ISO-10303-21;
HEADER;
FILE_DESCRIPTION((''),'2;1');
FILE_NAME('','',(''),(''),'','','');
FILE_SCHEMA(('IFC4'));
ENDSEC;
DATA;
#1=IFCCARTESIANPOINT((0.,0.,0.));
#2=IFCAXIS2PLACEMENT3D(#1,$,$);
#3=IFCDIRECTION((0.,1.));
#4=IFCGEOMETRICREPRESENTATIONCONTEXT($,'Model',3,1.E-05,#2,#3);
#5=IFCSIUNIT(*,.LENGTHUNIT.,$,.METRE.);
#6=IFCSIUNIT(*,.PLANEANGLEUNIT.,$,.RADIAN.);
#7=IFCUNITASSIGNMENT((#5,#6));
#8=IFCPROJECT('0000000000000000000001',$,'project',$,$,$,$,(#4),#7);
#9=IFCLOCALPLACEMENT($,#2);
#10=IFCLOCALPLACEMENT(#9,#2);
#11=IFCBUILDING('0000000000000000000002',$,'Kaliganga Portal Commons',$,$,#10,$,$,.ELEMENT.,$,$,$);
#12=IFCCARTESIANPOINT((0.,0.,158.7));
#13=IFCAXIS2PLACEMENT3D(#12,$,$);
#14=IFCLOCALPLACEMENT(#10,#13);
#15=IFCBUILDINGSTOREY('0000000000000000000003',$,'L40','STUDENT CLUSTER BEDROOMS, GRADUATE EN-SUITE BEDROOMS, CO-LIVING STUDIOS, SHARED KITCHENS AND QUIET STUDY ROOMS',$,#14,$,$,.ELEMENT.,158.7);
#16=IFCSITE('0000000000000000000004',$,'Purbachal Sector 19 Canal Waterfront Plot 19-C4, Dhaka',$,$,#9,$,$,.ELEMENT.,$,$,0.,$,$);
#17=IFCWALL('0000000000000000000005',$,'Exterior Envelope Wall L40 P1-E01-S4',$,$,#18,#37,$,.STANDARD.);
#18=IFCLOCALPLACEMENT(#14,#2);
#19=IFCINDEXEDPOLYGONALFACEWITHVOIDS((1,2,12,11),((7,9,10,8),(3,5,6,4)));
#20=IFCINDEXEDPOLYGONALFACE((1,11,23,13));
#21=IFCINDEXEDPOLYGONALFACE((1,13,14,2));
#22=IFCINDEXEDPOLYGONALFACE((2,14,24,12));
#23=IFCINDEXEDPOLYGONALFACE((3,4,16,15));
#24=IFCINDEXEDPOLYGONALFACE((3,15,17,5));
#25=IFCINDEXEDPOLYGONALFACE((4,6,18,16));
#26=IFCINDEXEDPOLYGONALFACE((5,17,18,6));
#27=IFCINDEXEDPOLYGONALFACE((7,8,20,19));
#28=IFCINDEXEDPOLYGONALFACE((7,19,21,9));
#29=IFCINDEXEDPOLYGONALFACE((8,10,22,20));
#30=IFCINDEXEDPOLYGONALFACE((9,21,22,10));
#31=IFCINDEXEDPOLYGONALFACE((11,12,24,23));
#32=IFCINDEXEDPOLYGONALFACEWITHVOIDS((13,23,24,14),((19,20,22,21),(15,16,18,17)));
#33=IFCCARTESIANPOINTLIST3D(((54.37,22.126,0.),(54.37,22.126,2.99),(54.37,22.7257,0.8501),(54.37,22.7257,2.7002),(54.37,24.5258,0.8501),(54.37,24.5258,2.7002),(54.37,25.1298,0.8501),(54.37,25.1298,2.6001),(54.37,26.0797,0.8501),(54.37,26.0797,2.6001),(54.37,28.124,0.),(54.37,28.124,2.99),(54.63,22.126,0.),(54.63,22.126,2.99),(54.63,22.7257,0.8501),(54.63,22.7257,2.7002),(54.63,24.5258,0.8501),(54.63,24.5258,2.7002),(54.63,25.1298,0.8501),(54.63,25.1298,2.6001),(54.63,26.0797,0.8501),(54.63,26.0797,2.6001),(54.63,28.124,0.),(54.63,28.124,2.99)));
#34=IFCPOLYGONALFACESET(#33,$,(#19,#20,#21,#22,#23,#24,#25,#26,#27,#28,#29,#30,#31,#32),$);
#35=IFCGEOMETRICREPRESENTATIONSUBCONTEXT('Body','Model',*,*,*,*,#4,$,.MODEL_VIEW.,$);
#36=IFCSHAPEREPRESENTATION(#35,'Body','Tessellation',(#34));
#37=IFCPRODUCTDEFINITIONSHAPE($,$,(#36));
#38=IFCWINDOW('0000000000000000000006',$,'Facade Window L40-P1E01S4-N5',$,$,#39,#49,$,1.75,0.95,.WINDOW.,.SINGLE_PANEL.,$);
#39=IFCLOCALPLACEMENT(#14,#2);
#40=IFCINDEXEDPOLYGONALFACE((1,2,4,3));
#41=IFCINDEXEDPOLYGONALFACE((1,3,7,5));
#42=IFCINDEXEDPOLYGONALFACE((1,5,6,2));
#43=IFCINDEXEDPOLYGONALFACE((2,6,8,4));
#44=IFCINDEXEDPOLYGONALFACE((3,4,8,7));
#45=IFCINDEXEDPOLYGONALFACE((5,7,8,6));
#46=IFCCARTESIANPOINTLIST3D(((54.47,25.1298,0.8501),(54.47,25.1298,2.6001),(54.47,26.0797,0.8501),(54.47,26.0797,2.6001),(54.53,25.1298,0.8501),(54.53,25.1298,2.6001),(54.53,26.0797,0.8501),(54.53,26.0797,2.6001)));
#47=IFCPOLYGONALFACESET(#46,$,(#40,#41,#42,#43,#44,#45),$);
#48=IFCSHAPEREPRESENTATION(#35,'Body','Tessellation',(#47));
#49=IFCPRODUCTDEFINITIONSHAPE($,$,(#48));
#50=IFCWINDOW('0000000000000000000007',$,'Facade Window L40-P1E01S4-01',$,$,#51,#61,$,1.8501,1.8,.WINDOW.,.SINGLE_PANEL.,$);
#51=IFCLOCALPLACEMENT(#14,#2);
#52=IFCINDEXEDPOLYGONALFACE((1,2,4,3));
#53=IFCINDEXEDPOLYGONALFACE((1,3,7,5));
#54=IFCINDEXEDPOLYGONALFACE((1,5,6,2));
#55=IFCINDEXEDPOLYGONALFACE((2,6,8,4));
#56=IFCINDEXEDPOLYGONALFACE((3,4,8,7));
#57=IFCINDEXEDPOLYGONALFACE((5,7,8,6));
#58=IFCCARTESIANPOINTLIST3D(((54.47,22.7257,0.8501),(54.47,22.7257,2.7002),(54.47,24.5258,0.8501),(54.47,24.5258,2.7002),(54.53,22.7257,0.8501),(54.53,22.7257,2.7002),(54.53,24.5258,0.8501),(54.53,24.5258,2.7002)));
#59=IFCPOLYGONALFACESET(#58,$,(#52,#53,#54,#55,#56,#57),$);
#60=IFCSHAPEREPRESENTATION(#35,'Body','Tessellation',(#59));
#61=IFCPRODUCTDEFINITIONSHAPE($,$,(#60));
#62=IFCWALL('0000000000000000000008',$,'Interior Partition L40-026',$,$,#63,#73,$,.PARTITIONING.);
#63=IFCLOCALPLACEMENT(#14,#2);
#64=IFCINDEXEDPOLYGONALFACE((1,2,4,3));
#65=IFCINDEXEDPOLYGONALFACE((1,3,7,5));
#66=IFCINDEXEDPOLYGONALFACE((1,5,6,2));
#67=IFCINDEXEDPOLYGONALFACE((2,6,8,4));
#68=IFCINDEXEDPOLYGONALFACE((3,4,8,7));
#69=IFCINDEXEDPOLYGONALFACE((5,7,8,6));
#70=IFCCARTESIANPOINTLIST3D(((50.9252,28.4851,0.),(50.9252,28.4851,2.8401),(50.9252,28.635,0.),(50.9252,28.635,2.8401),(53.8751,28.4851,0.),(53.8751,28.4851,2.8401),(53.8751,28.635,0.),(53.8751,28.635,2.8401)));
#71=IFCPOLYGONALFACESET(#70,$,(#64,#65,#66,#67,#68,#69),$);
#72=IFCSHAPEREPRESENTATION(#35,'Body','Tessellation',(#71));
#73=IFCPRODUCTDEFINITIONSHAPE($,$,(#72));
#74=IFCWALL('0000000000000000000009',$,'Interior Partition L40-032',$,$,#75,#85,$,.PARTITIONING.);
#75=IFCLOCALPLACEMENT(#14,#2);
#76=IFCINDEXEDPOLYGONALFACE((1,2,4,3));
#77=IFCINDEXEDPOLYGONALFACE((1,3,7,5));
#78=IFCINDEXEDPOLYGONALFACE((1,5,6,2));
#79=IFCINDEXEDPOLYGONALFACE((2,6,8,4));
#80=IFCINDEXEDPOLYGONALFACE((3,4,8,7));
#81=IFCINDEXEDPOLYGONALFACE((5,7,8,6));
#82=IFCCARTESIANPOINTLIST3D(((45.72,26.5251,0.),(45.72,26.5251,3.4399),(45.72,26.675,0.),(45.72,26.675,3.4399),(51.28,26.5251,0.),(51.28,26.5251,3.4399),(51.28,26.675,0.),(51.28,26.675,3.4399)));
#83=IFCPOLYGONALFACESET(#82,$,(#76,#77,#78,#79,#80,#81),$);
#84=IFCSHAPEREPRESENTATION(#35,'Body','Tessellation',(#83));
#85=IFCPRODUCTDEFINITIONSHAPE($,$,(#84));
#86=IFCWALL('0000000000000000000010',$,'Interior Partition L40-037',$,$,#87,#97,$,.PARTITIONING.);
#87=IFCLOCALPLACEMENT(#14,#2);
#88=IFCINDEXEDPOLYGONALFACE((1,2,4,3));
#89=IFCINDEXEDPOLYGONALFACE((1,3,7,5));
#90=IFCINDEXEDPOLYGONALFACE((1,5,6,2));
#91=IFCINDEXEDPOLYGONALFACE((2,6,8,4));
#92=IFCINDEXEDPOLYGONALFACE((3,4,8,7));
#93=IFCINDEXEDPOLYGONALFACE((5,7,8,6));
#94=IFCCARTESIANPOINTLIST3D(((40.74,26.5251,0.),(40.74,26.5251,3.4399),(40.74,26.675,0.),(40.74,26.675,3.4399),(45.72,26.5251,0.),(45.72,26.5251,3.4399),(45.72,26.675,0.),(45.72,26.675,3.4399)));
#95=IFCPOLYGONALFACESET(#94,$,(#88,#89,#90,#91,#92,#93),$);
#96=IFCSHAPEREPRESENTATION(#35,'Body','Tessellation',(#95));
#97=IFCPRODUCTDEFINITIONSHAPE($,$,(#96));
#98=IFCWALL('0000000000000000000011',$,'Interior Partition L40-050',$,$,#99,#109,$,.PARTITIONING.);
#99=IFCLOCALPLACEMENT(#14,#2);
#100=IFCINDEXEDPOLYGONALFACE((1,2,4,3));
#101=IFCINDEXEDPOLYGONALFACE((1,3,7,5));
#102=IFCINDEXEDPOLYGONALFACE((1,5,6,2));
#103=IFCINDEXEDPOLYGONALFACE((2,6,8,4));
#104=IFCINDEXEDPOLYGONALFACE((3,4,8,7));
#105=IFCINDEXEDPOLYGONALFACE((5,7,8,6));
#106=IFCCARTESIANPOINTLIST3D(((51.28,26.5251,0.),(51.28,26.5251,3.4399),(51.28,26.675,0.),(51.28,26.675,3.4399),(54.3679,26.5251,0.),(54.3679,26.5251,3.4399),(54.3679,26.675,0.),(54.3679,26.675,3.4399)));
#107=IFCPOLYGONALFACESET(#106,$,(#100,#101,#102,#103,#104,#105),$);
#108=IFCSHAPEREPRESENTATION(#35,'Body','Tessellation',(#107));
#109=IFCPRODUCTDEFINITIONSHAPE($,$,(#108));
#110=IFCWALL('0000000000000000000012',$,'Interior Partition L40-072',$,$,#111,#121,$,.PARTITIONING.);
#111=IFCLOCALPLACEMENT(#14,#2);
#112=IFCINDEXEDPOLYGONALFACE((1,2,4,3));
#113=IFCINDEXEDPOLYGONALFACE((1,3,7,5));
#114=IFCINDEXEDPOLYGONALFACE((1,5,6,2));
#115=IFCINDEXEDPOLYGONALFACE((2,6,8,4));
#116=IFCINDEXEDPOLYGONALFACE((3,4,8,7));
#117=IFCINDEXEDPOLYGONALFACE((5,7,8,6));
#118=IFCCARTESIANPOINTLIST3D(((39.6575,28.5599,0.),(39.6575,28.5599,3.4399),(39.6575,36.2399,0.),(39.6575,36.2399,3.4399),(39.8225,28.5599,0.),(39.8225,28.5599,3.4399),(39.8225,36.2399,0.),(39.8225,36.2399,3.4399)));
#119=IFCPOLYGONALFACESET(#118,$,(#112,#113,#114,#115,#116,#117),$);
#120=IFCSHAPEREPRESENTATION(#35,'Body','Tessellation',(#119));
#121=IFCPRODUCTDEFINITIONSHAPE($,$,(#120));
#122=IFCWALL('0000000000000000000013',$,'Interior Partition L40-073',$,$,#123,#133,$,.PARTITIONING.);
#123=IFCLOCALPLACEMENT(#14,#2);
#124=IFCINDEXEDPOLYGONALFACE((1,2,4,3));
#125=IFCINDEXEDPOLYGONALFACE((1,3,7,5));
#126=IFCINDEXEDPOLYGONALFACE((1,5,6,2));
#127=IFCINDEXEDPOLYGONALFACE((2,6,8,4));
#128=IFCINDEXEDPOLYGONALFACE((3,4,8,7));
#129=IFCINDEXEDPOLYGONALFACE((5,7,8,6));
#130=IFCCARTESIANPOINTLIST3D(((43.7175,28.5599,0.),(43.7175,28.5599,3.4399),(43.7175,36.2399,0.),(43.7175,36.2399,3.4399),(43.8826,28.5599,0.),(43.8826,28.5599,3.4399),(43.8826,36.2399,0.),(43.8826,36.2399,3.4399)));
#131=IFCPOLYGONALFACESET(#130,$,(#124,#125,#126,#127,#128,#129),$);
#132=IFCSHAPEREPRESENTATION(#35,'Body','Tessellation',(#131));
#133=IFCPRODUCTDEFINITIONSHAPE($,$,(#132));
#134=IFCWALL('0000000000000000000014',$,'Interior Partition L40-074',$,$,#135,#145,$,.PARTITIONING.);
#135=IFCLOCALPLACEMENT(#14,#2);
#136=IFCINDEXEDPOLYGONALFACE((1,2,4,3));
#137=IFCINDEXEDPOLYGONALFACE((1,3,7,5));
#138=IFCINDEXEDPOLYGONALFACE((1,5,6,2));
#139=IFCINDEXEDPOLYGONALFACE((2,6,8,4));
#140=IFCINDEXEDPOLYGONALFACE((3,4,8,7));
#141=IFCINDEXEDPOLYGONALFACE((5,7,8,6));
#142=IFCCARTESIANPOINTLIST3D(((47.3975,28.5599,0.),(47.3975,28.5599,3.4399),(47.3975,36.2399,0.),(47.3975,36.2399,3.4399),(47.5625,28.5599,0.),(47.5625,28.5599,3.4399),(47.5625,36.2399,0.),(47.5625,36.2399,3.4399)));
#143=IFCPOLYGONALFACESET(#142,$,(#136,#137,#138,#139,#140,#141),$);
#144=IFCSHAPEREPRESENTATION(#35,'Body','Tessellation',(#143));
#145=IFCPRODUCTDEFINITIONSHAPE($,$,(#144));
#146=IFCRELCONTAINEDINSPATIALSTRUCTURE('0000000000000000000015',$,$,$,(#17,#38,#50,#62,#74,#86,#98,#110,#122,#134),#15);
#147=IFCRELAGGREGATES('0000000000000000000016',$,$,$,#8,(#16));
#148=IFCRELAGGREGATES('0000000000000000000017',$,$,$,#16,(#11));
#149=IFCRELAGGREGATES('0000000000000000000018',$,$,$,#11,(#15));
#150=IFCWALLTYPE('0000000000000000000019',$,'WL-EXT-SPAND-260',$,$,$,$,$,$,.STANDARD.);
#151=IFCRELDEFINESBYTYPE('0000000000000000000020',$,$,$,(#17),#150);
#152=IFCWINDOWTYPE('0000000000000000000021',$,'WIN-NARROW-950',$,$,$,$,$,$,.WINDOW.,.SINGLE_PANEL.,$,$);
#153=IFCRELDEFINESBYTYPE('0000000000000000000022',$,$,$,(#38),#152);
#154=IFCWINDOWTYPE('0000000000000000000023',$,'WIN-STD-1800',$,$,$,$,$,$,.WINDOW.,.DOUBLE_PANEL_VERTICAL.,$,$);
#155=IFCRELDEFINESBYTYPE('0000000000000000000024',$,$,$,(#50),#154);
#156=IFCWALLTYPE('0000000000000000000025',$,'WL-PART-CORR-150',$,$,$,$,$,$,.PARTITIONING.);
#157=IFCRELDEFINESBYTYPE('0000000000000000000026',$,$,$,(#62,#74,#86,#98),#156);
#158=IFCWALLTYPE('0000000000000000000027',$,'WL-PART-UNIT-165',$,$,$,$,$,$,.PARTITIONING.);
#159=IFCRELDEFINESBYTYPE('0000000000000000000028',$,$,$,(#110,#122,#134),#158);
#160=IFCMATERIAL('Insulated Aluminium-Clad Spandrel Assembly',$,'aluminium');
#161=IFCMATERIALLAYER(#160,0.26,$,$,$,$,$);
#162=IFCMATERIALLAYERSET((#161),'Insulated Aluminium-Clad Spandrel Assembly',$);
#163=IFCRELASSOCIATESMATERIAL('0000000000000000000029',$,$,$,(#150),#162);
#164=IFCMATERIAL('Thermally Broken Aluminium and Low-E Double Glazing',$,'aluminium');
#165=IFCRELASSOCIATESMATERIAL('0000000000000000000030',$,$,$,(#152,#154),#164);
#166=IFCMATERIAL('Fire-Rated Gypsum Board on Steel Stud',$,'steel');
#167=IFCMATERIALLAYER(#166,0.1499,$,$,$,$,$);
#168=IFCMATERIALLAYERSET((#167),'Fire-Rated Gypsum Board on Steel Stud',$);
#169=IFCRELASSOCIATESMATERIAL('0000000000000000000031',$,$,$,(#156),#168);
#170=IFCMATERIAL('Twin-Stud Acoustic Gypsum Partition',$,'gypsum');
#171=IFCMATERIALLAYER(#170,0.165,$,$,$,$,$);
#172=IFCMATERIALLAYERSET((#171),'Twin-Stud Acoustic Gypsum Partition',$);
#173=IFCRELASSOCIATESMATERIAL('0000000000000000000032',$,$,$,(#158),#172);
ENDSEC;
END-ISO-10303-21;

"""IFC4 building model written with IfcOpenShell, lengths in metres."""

from ifc_helpers import new_model, si_unit, direction, frame, frame_2d, origin, place, context, subcontext, project, spatial, rectangle, extrude, material, layer, layer_set, type_object, element, fill, save


model = new_model("IFC4")

# Units and contexts
model_context = context("Model", 3, precision=1e-05, world=origin(), true_north=direction((0.0, 1.0)))
body_context = subcontext(model_context, "Body", "Model", "MODEL_VIEW")
ifc_project = project(units=[si_unit("LENGTHUNIT", "METRE"), si_unit("PLANEANGLEUNIT", "RADIAN")], contexts=[model_context])

# Site, building, storey
site_placement = place(None, origin())
site = spatial("IfcSite", under=ifc_project, at=site_placement, Name="Purbachal Sector 19 Canal Waterfront Plot 19-C4, Dhaka", CompositionType="ELEMENT", RefElevation=0.0)
building_placement = place(site_placement, origin())
building = spatial("IfcBuilding", under=site, at=building_placement, Name="Kaliganga Portal Commons", CompositionType="ELEMENT")
storey_placement = place(building_placement, frame((0.0, 0.0, 158.7)))
storey = spatial("IfcBuildingStorey", under=building, at=storey_placement, Name="L40", Description="STUDENT CLUSTER BEDROOMS, GRADUATE EN-SUITE BEDROOMS, CO-LIVING STUDIOS, SHARED KITCHENS AND QUIET STUDY ROOMS", CompositionType="ELEMENT", Elevation=158.7)

# Wall, openings, windows
ifc_material_1 = material(Name="Insulated Aluminium-Clad Spandrel Assembly", Category="aluminium")
ifc_layer_1 = layer(ifc_material_1, 0.26)
ifc_layer_set_1 = layer_set([ifc_layer_1], Name="Insulated Aluminium-Clad Spandrel Assembly")
wall_type_1 = type_object("IfcWallType", Name="WL-EXT-SPAND-260", PredefinedType="STANDARD", material=ifc_layer_set_1)
wall_1_placement = place(storey_placement, frame((54.5, 28.124, 0.0), z_axis=(0.0, 0.0, 1.0), x_axis=(0.0, -1.0, 0.0)))
wall_1 = element("IfcWall", 1, at=wall_1_placement, inside=storey, type_object=wall_type_1, Name="Exterior Envelope Wall L40 P1-E01-S4", PredefinedType="STANDARD", context=body_context, shape_type="SweptSolid", body=[
    extrude(rectangle(XDim=5.998, YDim=0.26, at=frame_2d((2.999, 0.0))), origin(), (0.0, 0.0, 1.0), 2.99),
])
opening_1_placement = place(wall_1_placement, frame((3.5984, 0.0, 0.8501)))
opening_1 = element("IfcOpeningElement", 2, at=opening_1_placement, cuts=wall_1, PredefinedType="OPENING", context=body_context, shape_type="SweptSolid", body=[
    extrude(rectangle(XDim=1.8, YDim=1.8501, at=frame_2d((0.8999, 0.925))), frame((0.0, 0.1401, 0.0), z_axis=(0.0, -1.0, 0.0), x_axis=(1.0, 0.0, 0.0)), (0.0, 0.0, 1.0), 0.28),
])
opening_2_placement = place(wall_1_placement, frame((2.0442, 0.0, 0.8501)))
opening_2 = element("IfcOpeningElement", 3, at=opening_2_placement, cuts=wall_1, PredefinedType="OPENING", context=body_context, shape_type="SweptSolid", body=[
    extrude(rectangle(XDim=0.95, YDim=1.75, at=frame_2d((0.4751, 0.875))), frame((0.0, 0.1401, 0.0), z_axis=(0.0, -1.0, 0.0), x_axis=(1.0, 0.0, 0.0)), (0.0, 0.0, 1.0), 0.28),
])
ifc_material_2 = material(Name="Thermally Broken Aluminium and Low-E Double Glazing", Category="aluminium")
window_type_1 = type_object("IfcWindowType", Name="WIN-NARROW-950", PartitioningType="SINGLE_PANEL", PredefinedType="WINDOW", material=ifc_material_2)
window_1_placement = place(opening_2_placement, origin())
window_1 = element("IfcWindow", 4, at=window_1_placement, inside=storey, type_object=window_type_1, Name="Facade Window L40-P1E01S4-N5", OverallHeight=1.75, OverallWidth=0.95, PartitioningType="SINGLE_PANEL", PredefinedType="WINDOW", context=body_context, shape_type="SweptSolid", body=[
    extrude(rectangle(XDim=0.95, YDim=1.75, at=frame_2d((0.4751, 0.875))), frame((0.0, 0.03, 0.0), z_axis=(0.0, -1.0, 0.0), x_axis=(1.0, 0.0, 0.0)), (0.0, 0.0, 1.0), 0.0601),
])
fill(opening_2, window_1)
window_type_2 = type_object("IfcWindowType", Name="WIN-STD-1800", PartitioningType="DOUBLE_PANEL_VERTICAL", PredefinedType="WINDOW", material=ifc_material_2)
window_2_placement = place(opening_1_placement, origin())
window_2 = element("IfcWindow", 5, at=window_2_placement, inside=storey, type_object=window_type_2, Name="Facade Window L40-P1E01S4-01", OverallHeight=1.8501, OverallWidth=1.8, PartitioningType="SINGLE_PANEL", PredefinedType="WINDOW", context=body_context, shape_type="SweptSolid", body=[
    extrude(rectangle(XDim=1.8, YDim=1.8501, at=frame_2d((0.8999, 0.925))), frame((0.0, 0.03, 0.0), z_axis=(0.0, -1.0, 0.0), x_axis=(1.0, 0.0, 0.0)), (0.0, 0.0, 1.0), 0.0601),
])
fill(opening_1, window_2)

# Shared definitions
ifc_material_3 = material(Name="Fire-Rated Gypsum Board on Steel Stud", Category="steel")
ifc_layer_2 = layer(ifc_material_3, 0.1499)
ifc_layer_set_2 = layer_set([ifc_layer_2], Name="Fire-Rated Gypsum Board on Steel Stud")
wall_type_2 = type_object("IfcWallType", Name="WL-PART-CORR-150", PredefinedType="PARTITIONING", material=ifc_layer_set_2)

# Walls
wall_2_placement = place(storey_placement, frame((50.925, 28.5601, 0.0), z_axis=(0.0, 0.0, 1.0), x_axis=(1.0, 0.0, 0.0)))
element("IfcWall", 6, at=wall_2_placement, inside=storey, type_object=wall_type_2, Name="Interior Partition L40-026", PredefinedType="PARTITIONING", context=body_context, shape_type="SweptSolid", body=[
    extrude(rectangle(XDim=2.95, YDim=0.1499, at=frame_2d((1.4751, 0.0))), origin(), (0.0, 0.0, 1.0), 2.8401),
])
wall_3_placement = place(storey_placement, frame((45.72, 26.6001, 0.0), z_axis=(0.0, 0.0, 1.0), x_axis=(1.0, 0.0, 0.0)))
element("IfcWall", 7, at=wall_3_placement, inside=storey, type_object=wall_type_2, Name="Interior Partition L40-032", PredefinedType="PARTITIONING", context=body_context, shape_type="SweptSolid", body=[
    extrude(rectangle(XDim=5.5601, YDim=0.1499, at=frame_2d((2.78, 0.0))), origin(), (0.0, 0.0, 1.0), 3.4399),
])
wall_4_placement = place(storey_placement, frame((40.74, 26.6001, 0.0), z_axis=(0.0, 0.0, 1.0), x_axis=(1.0, 0.0, 0.0)))
element("IfcWall", 8, at=wall_4_placement, inside=storey, type_object=wall_type_2, Name="Interior Partition L40-037", PredefinedType="PARTITIONING", context=body_context, shape_type="SweptSolid", body=[
    extrude(rectangle(XDim=4.98, YDim=0.1499, at=frame_2d((2.49, 0.0))), origin(), (0.0, 0.0, 1.0), 3.4399),
])

# Walls
wall_5_placement = place(storey_placement, frame((51.28, 26.6001, 0.0), z_axis=(0.0, 0.0, 1.0), x_axis=(1.0, 0.0, 0.0)))
element("IfcWall", 9, at=wall_5_placement, inside=storey, type_object=wall_type_2, Name="Interior Partition L40-050", PredefinedType="PARTITIONING", context=body_context, shape_type="SweptSolid", body=[
    extrude(rectangle(XDim=3.0879, YDim=0.1499, at=frame_2d((1.5439, 0.0))), origin(), (0.0, 0.0, 1.0), 3.4399),
])
ifc_material_4 = material(Name="Twin-Stud Acoustic Gypsum Partition", Category="gypsum")
ifc_layer_3 = layer(ifc_material_4, 0.165)
ifc_layer_set_3 = layer_set([ifc_layer_3], Name="Twin-Stud Acoustic Gypsum Partition")
wall_type_3 = type_object("IfcWallType", Name="WL-PART-UNIT-165", PredefinedType="PARTITIONING", material=ifc_layer_set_3)
for number, where, z_axis, x_axis, name in (
    (10, (39.74, 28.5601, 0.0), (0.0, 0.0, 1.0), (0.0, 1.0, 0.0), "Interior Partition L40-072"),
    (11, (43.8, 28.5601, 0.0), (0.0, 0.0, 1.0), (0.0, 1.0, 0.0), "Interior Partition L40-073"),
    (12, (47.48, 28.5601, 0.0), (0.0, 0.0, 1.0), (0.0, 1.0, 0.0), "Interior Partition L40-074"),
):
    element("IfcWall", number, at=place(storey_placement, frame(where, z_axis=z_axis, x_axis=x_axis)), inside=storey, type_object=wall_type_3, Name=name, PredefinedType="PARTITIONING", context=body_context, shape_type="SweptSolid", body=[
        extrude(rectangle(XDim=7.6799, YDim=0.165, at=frame_2d((3.8398, 0.0))), origin(), (0.0, 0.0, 1.0), 3.4399),
    ])

save(model, "model.ifc")
